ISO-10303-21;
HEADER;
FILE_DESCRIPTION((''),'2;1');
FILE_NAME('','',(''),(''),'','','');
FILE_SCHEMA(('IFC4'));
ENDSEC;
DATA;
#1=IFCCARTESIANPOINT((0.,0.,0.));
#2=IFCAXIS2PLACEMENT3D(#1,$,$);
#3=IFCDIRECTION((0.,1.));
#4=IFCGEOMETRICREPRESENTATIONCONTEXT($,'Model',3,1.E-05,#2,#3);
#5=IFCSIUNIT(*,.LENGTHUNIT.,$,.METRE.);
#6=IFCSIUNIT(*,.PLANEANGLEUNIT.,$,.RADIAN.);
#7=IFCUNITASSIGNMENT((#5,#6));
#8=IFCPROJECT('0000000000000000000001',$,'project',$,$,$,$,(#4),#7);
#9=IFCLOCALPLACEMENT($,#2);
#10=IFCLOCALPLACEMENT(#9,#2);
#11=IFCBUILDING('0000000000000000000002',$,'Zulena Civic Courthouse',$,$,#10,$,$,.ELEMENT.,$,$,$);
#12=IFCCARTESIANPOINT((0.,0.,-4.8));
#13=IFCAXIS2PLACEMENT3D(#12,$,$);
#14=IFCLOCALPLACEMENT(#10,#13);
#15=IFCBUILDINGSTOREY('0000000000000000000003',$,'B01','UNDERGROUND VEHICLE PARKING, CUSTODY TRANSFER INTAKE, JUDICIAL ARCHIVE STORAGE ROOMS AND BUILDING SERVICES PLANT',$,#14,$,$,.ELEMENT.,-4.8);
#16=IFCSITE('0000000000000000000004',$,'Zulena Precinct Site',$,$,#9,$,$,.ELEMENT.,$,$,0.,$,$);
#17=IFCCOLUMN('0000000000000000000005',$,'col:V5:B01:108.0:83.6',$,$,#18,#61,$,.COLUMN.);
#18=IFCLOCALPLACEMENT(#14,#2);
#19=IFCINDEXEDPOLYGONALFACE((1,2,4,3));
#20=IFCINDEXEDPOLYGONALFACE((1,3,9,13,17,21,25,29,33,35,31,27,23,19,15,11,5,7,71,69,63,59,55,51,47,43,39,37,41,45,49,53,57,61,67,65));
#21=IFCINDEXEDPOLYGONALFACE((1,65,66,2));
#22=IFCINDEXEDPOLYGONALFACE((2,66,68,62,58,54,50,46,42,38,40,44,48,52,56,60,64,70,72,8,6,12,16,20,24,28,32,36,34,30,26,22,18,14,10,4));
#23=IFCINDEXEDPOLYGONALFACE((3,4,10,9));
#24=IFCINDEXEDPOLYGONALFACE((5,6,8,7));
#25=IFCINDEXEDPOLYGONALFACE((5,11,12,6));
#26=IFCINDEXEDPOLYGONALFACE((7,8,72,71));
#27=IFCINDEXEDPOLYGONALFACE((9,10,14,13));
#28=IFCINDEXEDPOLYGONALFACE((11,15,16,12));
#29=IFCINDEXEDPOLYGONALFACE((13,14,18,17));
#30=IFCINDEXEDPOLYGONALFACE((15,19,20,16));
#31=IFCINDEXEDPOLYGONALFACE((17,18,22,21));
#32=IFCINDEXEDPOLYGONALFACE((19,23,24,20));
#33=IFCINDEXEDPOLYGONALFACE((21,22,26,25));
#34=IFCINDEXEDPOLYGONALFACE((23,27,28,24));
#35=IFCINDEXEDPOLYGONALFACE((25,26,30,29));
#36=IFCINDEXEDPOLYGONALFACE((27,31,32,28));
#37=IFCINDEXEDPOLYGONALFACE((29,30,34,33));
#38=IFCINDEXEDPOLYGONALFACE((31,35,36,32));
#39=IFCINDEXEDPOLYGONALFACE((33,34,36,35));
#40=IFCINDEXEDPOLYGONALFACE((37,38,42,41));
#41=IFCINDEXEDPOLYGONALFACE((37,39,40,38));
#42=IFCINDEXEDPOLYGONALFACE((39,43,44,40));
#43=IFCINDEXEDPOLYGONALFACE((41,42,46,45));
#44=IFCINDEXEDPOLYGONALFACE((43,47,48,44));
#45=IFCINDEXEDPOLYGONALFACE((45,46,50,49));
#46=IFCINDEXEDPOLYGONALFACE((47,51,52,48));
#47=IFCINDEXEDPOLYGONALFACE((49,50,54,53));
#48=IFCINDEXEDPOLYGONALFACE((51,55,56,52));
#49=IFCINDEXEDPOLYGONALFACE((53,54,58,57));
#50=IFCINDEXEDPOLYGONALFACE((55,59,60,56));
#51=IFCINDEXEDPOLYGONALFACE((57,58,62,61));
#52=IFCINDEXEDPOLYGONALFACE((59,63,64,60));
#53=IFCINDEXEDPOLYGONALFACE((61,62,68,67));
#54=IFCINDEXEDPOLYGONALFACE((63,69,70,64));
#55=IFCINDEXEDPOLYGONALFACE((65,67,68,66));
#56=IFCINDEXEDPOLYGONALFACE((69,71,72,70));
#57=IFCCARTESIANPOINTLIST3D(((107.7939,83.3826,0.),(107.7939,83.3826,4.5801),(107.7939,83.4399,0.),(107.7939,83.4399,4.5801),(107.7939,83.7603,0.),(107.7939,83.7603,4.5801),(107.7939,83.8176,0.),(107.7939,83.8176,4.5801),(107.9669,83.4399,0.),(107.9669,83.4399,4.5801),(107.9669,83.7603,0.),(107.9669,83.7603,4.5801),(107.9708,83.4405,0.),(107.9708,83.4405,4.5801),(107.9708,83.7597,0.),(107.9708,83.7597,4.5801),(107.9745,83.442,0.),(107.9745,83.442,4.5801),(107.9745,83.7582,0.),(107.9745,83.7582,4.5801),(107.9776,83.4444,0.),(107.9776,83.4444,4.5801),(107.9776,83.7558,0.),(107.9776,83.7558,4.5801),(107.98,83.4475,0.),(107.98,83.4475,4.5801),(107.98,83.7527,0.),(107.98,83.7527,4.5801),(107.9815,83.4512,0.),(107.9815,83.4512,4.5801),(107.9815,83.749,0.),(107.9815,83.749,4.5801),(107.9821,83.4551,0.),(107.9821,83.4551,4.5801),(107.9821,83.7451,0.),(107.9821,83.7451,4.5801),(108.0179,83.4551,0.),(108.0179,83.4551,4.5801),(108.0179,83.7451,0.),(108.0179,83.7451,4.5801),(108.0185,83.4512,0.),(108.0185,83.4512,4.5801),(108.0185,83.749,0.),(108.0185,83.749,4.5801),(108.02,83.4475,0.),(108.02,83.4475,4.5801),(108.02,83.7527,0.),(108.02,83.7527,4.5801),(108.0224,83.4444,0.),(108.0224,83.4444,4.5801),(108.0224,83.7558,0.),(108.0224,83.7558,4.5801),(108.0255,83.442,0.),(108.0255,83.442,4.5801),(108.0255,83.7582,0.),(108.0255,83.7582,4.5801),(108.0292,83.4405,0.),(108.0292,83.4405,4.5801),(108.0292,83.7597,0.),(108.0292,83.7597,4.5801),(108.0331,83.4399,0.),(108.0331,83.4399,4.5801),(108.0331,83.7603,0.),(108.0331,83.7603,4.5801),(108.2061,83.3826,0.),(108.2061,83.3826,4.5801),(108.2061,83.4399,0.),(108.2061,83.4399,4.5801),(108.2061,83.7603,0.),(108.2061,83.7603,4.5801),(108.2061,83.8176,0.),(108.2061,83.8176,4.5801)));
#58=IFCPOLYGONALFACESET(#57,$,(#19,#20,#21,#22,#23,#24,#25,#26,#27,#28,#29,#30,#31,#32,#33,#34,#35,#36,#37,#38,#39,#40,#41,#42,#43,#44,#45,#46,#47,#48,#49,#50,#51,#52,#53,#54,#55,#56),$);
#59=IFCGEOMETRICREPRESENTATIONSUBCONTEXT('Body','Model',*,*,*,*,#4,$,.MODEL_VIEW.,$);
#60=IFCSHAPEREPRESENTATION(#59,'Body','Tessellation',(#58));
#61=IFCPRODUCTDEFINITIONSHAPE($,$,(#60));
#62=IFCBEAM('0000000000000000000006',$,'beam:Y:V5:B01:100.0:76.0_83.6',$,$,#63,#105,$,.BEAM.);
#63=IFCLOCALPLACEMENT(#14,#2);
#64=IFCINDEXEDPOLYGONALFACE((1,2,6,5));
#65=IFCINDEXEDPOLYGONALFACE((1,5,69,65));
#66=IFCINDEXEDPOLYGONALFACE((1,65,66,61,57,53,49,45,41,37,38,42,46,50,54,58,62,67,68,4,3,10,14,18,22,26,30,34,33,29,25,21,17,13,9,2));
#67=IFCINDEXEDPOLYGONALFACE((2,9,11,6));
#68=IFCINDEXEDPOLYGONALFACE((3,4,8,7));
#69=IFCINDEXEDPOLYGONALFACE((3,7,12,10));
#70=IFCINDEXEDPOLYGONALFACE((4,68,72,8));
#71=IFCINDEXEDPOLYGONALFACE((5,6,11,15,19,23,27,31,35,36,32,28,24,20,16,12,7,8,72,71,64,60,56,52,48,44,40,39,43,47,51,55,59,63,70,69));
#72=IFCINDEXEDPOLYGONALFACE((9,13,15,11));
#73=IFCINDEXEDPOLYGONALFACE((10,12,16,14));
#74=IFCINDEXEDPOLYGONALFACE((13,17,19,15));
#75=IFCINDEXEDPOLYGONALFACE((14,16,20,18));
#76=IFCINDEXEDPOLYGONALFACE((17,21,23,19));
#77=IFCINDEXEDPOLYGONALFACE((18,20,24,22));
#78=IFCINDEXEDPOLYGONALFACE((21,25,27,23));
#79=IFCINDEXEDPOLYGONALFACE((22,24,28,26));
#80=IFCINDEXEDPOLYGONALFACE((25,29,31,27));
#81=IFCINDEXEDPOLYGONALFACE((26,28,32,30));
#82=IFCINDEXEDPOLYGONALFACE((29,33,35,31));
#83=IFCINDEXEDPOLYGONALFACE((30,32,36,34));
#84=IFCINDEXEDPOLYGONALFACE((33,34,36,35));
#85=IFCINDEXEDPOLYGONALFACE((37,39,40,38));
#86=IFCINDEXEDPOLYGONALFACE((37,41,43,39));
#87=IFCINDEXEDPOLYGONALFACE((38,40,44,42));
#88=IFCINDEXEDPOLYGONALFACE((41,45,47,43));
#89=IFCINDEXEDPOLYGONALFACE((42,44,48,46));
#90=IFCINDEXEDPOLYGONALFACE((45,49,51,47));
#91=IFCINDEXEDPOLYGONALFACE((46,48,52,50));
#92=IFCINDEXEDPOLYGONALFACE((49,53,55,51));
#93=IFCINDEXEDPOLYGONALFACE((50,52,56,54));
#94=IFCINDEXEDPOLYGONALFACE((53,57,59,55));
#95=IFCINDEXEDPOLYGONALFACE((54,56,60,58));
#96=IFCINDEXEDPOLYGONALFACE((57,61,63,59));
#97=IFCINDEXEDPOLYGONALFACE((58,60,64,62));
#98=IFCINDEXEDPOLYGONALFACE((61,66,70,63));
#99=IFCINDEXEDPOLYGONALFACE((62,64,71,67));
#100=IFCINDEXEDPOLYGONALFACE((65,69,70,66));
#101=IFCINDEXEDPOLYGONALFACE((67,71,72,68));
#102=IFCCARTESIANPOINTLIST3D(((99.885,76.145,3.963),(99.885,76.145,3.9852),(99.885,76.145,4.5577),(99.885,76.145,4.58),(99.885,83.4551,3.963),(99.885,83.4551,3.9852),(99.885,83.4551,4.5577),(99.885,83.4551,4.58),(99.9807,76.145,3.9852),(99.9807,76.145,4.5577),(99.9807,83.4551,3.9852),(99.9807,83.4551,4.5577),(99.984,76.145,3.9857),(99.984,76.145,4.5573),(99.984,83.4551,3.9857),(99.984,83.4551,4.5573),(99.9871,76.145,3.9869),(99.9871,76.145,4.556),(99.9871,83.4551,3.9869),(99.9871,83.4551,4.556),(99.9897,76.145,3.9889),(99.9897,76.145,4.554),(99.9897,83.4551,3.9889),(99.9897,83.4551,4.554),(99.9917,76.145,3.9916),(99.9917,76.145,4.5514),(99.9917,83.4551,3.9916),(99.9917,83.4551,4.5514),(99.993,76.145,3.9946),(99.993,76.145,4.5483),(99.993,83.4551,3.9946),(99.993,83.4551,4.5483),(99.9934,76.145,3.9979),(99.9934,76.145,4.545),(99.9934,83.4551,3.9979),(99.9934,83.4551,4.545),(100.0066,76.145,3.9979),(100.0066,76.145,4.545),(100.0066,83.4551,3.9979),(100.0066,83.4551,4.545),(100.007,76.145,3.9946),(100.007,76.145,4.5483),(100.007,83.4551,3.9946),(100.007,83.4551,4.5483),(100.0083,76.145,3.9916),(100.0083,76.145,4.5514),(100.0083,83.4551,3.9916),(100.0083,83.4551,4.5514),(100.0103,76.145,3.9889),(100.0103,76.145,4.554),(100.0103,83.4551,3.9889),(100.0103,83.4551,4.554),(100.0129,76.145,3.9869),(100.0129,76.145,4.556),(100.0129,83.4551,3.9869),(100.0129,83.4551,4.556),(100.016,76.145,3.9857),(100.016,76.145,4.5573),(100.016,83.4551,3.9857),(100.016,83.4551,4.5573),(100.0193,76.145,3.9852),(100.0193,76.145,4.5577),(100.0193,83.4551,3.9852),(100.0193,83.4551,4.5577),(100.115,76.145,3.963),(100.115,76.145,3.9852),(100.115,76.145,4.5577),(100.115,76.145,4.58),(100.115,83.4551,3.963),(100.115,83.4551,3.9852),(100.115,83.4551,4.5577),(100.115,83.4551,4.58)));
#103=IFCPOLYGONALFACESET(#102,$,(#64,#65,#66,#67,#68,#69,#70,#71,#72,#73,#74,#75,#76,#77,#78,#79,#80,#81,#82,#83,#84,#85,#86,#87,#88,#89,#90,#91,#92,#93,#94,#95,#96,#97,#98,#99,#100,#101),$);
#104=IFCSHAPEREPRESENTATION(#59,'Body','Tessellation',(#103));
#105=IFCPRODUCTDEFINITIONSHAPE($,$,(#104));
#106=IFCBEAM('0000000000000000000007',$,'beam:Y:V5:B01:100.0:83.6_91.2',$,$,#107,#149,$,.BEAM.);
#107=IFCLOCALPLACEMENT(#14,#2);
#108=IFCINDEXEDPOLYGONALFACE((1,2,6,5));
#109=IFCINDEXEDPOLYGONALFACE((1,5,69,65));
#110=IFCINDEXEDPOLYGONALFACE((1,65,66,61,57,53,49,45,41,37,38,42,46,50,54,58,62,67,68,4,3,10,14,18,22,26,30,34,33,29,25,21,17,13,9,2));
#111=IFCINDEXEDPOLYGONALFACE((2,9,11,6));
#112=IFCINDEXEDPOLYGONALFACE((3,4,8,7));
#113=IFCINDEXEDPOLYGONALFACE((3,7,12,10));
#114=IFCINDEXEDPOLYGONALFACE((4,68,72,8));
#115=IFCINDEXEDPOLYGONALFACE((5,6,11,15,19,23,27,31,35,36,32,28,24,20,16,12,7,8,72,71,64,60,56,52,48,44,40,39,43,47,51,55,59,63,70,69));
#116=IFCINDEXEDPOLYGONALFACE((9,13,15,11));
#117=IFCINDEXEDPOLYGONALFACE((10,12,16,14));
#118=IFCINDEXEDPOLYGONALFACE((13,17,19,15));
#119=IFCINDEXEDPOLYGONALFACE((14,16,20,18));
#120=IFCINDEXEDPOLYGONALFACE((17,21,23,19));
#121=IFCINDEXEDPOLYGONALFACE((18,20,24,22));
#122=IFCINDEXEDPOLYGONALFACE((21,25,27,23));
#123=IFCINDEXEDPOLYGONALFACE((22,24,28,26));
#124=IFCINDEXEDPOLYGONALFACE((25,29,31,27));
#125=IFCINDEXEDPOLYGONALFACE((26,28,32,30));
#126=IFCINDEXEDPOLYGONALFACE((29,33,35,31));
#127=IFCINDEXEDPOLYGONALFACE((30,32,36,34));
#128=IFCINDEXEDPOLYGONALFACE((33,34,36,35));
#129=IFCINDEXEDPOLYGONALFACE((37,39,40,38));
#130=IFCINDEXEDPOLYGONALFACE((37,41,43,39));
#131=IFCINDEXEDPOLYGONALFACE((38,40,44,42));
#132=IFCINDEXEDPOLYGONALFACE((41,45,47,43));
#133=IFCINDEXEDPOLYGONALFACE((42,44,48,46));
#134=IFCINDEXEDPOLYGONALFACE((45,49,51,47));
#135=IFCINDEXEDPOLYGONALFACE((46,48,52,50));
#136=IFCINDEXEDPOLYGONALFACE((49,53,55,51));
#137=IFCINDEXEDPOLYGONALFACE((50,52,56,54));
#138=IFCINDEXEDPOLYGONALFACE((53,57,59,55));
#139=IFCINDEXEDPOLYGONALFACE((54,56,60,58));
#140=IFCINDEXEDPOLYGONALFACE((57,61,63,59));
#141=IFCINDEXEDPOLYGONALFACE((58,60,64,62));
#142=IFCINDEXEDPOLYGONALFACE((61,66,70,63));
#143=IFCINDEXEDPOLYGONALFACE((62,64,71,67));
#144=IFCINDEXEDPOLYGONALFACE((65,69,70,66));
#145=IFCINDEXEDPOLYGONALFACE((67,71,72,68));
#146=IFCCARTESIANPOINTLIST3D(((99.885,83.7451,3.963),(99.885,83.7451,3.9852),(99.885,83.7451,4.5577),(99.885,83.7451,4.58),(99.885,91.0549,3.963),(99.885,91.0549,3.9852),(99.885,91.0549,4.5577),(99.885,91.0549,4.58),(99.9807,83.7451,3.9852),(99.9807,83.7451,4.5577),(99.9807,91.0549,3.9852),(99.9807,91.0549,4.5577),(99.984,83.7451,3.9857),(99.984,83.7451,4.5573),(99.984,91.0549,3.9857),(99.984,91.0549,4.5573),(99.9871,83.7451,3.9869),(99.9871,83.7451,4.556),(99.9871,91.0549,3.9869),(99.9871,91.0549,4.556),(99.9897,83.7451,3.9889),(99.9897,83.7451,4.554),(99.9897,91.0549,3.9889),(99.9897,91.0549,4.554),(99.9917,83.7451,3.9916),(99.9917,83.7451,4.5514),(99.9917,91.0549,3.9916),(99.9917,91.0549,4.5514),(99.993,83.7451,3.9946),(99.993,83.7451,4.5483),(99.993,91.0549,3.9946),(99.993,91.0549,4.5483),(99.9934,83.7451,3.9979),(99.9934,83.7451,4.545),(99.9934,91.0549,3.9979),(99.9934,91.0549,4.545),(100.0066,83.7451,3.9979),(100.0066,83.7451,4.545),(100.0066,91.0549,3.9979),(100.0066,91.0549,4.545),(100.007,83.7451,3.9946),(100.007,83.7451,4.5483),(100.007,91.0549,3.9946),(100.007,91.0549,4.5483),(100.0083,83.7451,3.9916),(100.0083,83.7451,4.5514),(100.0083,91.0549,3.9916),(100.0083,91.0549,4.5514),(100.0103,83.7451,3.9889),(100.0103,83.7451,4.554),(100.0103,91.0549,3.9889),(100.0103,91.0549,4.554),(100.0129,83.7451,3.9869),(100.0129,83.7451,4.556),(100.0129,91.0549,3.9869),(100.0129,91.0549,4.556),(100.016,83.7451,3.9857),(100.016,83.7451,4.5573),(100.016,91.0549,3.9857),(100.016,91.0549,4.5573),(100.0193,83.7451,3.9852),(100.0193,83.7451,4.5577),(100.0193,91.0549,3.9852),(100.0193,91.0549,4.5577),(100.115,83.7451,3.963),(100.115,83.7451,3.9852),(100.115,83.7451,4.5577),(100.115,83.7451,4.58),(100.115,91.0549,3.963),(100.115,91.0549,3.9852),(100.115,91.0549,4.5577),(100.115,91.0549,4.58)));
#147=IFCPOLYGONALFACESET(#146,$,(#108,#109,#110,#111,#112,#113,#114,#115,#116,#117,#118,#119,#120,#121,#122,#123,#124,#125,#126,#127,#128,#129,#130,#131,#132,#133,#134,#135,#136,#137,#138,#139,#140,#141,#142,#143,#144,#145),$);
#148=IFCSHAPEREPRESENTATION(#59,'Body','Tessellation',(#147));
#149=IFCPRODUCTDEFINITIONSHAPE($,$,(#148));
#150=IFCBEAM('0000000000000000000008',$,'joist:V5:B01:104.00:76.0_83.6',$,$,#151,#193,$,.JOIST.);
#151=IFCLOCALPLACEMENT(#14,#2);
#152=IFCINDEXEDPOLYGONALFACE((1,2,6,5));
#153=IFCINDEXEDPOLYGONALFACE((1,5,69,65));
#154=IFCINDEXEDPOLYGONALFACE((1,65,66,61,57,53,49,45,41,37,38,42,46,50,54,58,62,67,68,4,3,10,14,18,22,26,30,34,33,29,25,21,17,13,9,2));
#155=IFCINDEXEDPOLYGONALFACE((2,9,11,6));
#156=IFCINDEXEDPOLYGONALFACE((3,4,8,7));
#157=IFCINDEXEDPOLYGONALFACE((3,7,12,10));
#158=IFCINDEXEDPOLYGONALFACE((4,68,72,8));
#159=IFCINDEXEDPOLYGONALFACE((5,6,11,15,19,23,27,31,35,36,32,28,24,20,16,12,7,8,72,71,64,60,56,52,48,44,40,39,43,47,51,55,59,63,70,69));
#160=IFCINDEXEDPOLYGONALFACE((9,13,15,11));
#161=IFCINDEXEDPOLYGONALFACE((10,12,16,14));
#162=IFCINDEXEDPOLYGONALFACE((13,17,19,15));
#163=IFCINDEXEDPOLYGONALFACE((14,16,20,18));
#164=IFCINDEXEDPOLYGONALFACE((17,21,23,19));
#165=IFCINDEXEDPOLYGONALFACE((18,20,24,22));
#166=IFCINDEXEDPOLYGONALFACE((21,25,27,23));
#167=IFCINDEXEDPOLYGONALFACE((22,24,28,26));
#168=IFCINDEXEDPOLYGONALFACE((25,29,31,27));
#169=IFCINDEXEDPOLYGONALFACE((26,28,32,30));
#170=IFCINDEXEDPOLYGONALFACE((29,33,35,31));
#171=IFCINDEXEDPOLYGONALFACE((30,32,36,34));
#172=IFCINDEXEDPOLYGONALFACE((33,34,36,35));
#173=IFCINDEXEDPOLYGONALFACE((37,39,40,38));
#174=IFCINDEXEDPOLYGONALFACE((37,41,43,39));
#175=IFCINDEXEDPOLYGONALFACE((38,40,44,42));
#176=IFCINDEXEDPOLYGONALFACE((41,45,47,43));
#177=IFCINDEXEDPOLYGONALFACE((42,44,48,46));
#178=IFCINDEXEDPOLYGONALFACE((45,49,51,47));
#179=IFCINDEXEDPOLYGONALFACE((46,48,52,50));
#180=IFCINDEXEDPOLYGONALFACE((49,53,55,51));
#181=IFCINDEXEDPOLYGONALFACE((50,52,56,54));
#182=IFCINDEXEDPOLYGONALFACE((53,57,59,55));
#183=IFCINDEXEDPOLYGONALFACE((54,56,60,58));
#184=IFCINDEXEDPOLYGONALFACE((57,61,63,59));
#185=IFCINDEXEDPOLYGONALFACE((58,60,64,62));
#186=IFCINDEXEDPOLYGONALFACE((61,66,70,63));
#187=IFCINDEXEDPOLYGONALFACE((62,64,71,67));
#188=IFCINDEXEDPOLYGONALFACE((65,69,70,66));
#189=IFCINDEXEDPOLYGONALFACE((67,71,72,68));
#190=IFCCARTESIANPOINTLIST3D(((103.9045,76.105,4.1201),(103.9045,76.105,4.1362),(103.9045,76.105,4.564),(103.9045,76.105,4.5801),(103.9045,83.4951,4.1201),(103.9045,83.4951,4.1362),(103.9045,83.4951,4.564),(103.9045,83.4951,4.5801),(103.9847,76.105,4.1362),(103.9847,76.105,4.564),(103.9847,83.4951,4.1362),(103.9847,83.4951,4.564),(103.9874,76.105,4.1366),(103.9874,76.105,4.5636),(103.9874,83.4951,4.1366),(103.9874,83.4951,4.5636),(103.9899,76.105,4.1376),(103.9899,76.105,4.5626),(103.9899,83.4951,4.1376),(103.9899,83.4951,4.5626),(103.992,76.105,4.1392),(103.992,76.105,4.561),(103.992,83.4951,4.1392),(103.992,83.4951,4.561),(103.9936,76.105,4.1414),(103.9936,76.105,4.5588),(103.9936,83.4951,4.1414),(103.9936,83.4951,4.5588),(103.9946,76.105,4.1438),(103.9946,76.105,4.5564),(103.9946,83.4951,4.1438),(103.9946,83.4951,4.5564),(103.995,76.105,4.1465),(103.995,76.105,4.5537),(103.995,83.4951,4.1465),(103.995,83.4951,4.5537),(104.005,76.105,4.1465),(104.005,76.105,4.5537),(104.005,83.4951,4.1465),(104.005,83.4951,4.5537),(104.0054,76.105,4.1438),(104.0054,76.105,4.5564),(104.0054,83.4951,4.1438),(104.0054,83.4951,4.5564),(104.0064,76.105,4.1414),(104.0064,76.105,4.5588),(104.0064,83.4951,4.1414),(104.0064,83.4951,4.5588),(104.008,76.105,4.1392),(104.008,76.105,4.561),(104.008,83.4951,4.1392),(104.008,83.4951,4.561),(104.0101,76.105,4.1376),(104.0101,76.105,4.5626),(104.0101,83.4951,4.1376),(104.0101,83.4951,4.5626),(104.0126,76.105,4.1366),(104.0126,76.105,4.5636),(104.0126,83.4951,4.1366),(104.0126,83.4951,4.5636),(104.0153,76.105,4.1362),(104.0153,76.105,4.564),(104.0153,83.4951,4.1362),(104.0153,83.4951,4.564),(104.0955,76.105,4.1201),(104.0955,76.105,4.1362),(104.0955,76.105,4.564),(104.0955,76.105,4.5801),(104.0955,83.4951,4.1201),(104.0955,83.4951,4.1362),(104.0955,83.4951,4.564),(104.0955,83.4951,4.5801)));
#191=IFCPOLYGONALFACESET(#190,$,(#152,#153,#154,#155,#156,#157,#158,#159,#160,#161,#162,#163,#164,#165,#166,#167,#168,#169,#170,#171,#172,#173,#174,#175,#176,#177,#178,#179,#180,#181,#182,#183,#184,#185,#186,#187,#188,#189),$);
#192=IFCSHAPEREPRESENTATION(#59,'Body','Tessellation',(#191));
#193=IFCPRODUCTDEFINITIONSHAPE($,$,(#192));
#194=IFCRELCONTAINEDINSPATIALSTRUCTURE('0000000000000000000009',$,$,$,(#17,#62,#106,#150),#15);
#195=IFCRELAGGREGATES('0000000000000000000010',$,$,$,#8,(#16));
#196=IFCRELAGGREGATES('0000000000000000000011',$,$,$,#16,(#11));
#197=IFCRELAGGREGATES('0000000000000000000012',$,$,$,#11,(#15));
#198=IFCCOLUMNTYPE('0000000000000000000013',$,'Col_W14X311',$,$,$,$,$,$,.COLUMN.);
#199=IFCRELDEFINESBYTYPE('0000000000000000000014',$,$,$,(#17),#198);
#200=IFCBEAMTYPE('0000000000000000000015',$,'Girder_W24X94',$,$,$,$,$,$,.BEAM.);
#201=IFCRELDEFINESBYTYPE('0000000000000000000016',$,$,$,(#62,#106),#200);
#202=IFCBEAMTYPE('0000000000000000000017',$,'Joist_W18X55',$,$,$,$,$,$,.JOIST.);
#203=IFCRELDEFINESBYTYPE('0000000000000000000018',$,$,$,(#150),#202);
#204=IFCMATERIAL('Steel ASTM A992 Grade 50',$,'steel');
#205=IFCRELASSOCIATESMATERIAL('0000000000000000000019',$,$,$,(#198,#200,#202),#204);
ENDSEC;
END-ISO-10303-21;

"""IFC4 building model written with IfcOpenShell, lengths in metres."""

from ifc_helpers import new_model, si_unit, direction, frame, origin, origin_2d, place, context, subcontext, project, spatial, i_section, extrude, material, material_profile, profile_set, type_object, element, save


model = new_model("IFC4")

# Units and contexts
model_context = context("Model", 3, precision=1e-05, world=origin(), true_north=direction((0.0, 1.0)))
body_context = subcontext(model_context, "Body", "Model", "MODEL_VIEW")
ifc_project = project(units=[si_unit("LENGTHUNIT", "METRE"), si_unit("PLANEANGLEUNIT", "RADIAN")], contexts=[model_context])

# Site, building, storey
site_placement = place(None, origin())
site = spatial("IfcSite", under=ifc_project, at=site_placement, Name="Zulena Precinct Site", CompositionType="ELEMENT", RefElevation=0.0)
building_placement = place(site_placement, origin())
building = spatial("IfcBuilding", under=site, at=building_placement, Name="Zulena Civic Courthouse", CompositionType="ELEMENT")
storey_placement = place(building_placement, frame((0.0, 0.0, -4.8)))
storey = spatial("IfcBuildingStorey", under=building, at=storey_placement, Name="B01", Description="UNDERGROUND VEHICLE PARKING, CUSTODY TRANSFER INTAKE, JUDICIAL ARCHIVE STORAGE ROOMS AND BUILDING SERVICES PLANT", CompositionType="ELEMENT", Elevation=-4.8)

# Column
ifc_material_1 = material(Name="Steel ASTM A992 Grade 50", Category="steel")
ifc_material_profile_1 = material_profile(ifc_material_1, i_section(OverallWidth=0.4121, OverallDepth=0.4351, WebThickness=0.0359, FlangeThickness=0.0574, FilletRadius=0.0151, at=origin_2d()), Name="W14X311")
ifc_profile_set_1 = profile_set([ifc_material_profile_1], Name="Steel ASTM A992 Grade 50")
column_type_1 = type_object("IfcColumnType", Name="Col_W14X311", PredefinedType="COLUMN", material=ifc_profile_set_1)
for number, where, z_axis, x_axis, name in (
    (1, (108.0, 83.6001, 0.0), (0.0, 0.0, 1.0), (1.0, 0.0, 0.0), "col:V5:B01:108.0:83.6"),
):
    element("IfcColumn", number, at=place(storey_placement, frame(where, z_axis=z_axis, x_axis=x_axis)), inside=storey, type_object=column_type_1, Name=name, PredefinedType="COLUMN", context=body_context, shape_type="SweptSolid", body=[
        extrude(i_section(OverallWidth=0.4121, OverallDepth=0.4351, WebThickness=0.0359, FlangeThickness=0.0574, FilletRadius=0.0151, at=origin_2d()), origin(), (0.0, 0.0, 1.0), 4.5801),
    ])

# Beams
ifc_material_profile_2 = material_profile(ifc_material_1, i_section(OverallWidth=0.23, OverallDepth=0.6169, WebThickness=0.0132, FlangeThickness=0.0222, FilletRadius=0.0127, at=origin_2d()), Name="W24X94")
ifc_profile_set_2 = profile_set([ifc_material_profile_2], Name="Steel ASTM A992 Grade 50")
beam_type_1 = type_object("IfcBeamType", Name="Girder_W24X94", PredefinedType="BEAM", material=ifc_profile_set_2)
beam_1_placement = place(storey_placement, frame((100.0, 76.145, 4.2715), z_axis=(0.0, 1.0, 0.0), x_axis=(-1.0, 0.0, 0.0)))
element("IfcBeam", 2, at=beam_1_placement, inside=storey, type_object=beam_type_1, Name="beam:Y:V5:B01:100.0:76.0_83.6", PredefinedType="BEAM", context=body_context, shape_type="SweptSolid", body=[
    extrude(i_section(OverallWidth=0.23, OverallDepth=0.6169, WebThickness=0.0132, FlangeThickness=0.0222, FilletRadius=0.0127, at=origin_2d()), origin(), (0.0, 0.0, 1.0), 7.3101),
])
beam_2_placement = place(storey_placement, frame((100.0, 83.7451, 4.2715), z_axis=(0.0, 1.0, 0.0), x_axis=(-1.0, 0.0, 0.0)))
element("IfcBeam", 3, at=beam_2_placement, inside=storey, type_object=beam_type_1, Name="beam:Y:V5:B01:100.0:83.6_91.2", PredefinedType="BEAM", context=body_context, shape_type="SweptSolid", body=[
    extrude(i_section(OverallWidth=0.23, OverallDepth=0.6169, WebThickness=0.0132, FlangeThickness=0.0222, FilletRadius=0.0127, at=origin_2d()), origin(), (0.0, 0.0, 1.0), 7.3098),
])
ifc_material_profile_3 = material_profile(ifc_material_1, i_section(OverallWidth=0.1909, OverallDepth=0.46, WebThickness=0.01, FlangeThickness=0.0161, FilletRadius=0.0103, at=origin_2d()), Name="W18X55")
ifc_profile_set_3 = profile_set([ifc_material_profile_3], Name="Steel ASTM A992 Grade 50")
beam_type_2 = type_object("IfcBeamType", Name="Joist_W18X55", PredefinedType="JOIST", material=ifc_profile_set_3)
beam_3_placement = place(storey_placement, frame((104.0, 76.105, 4.3501), z_axis=(0.0, 1.0, 0.0), x_axis=(-1.0, 0.0, 0.0)))
element("IfcBeam", 4, at=beam_3_placement, inside=storey, type_object=beam_type_2, Name="joist:V5:B01:104.00:76.0_83.6", PredefinedType="JOIST", context=body_context, shape_type="SweptSolid", body=[
    extrude(i_section(OverallWidth=0.1909, OverallDepth=0.46, WebThickness=0.01, FlangeThickness=0.0161, FilletRadius=0.0103, at=origin_2d()), origin(), (0.0, 0.0, 1.0), 7.3901),
])

save(model, "model.ifc")
